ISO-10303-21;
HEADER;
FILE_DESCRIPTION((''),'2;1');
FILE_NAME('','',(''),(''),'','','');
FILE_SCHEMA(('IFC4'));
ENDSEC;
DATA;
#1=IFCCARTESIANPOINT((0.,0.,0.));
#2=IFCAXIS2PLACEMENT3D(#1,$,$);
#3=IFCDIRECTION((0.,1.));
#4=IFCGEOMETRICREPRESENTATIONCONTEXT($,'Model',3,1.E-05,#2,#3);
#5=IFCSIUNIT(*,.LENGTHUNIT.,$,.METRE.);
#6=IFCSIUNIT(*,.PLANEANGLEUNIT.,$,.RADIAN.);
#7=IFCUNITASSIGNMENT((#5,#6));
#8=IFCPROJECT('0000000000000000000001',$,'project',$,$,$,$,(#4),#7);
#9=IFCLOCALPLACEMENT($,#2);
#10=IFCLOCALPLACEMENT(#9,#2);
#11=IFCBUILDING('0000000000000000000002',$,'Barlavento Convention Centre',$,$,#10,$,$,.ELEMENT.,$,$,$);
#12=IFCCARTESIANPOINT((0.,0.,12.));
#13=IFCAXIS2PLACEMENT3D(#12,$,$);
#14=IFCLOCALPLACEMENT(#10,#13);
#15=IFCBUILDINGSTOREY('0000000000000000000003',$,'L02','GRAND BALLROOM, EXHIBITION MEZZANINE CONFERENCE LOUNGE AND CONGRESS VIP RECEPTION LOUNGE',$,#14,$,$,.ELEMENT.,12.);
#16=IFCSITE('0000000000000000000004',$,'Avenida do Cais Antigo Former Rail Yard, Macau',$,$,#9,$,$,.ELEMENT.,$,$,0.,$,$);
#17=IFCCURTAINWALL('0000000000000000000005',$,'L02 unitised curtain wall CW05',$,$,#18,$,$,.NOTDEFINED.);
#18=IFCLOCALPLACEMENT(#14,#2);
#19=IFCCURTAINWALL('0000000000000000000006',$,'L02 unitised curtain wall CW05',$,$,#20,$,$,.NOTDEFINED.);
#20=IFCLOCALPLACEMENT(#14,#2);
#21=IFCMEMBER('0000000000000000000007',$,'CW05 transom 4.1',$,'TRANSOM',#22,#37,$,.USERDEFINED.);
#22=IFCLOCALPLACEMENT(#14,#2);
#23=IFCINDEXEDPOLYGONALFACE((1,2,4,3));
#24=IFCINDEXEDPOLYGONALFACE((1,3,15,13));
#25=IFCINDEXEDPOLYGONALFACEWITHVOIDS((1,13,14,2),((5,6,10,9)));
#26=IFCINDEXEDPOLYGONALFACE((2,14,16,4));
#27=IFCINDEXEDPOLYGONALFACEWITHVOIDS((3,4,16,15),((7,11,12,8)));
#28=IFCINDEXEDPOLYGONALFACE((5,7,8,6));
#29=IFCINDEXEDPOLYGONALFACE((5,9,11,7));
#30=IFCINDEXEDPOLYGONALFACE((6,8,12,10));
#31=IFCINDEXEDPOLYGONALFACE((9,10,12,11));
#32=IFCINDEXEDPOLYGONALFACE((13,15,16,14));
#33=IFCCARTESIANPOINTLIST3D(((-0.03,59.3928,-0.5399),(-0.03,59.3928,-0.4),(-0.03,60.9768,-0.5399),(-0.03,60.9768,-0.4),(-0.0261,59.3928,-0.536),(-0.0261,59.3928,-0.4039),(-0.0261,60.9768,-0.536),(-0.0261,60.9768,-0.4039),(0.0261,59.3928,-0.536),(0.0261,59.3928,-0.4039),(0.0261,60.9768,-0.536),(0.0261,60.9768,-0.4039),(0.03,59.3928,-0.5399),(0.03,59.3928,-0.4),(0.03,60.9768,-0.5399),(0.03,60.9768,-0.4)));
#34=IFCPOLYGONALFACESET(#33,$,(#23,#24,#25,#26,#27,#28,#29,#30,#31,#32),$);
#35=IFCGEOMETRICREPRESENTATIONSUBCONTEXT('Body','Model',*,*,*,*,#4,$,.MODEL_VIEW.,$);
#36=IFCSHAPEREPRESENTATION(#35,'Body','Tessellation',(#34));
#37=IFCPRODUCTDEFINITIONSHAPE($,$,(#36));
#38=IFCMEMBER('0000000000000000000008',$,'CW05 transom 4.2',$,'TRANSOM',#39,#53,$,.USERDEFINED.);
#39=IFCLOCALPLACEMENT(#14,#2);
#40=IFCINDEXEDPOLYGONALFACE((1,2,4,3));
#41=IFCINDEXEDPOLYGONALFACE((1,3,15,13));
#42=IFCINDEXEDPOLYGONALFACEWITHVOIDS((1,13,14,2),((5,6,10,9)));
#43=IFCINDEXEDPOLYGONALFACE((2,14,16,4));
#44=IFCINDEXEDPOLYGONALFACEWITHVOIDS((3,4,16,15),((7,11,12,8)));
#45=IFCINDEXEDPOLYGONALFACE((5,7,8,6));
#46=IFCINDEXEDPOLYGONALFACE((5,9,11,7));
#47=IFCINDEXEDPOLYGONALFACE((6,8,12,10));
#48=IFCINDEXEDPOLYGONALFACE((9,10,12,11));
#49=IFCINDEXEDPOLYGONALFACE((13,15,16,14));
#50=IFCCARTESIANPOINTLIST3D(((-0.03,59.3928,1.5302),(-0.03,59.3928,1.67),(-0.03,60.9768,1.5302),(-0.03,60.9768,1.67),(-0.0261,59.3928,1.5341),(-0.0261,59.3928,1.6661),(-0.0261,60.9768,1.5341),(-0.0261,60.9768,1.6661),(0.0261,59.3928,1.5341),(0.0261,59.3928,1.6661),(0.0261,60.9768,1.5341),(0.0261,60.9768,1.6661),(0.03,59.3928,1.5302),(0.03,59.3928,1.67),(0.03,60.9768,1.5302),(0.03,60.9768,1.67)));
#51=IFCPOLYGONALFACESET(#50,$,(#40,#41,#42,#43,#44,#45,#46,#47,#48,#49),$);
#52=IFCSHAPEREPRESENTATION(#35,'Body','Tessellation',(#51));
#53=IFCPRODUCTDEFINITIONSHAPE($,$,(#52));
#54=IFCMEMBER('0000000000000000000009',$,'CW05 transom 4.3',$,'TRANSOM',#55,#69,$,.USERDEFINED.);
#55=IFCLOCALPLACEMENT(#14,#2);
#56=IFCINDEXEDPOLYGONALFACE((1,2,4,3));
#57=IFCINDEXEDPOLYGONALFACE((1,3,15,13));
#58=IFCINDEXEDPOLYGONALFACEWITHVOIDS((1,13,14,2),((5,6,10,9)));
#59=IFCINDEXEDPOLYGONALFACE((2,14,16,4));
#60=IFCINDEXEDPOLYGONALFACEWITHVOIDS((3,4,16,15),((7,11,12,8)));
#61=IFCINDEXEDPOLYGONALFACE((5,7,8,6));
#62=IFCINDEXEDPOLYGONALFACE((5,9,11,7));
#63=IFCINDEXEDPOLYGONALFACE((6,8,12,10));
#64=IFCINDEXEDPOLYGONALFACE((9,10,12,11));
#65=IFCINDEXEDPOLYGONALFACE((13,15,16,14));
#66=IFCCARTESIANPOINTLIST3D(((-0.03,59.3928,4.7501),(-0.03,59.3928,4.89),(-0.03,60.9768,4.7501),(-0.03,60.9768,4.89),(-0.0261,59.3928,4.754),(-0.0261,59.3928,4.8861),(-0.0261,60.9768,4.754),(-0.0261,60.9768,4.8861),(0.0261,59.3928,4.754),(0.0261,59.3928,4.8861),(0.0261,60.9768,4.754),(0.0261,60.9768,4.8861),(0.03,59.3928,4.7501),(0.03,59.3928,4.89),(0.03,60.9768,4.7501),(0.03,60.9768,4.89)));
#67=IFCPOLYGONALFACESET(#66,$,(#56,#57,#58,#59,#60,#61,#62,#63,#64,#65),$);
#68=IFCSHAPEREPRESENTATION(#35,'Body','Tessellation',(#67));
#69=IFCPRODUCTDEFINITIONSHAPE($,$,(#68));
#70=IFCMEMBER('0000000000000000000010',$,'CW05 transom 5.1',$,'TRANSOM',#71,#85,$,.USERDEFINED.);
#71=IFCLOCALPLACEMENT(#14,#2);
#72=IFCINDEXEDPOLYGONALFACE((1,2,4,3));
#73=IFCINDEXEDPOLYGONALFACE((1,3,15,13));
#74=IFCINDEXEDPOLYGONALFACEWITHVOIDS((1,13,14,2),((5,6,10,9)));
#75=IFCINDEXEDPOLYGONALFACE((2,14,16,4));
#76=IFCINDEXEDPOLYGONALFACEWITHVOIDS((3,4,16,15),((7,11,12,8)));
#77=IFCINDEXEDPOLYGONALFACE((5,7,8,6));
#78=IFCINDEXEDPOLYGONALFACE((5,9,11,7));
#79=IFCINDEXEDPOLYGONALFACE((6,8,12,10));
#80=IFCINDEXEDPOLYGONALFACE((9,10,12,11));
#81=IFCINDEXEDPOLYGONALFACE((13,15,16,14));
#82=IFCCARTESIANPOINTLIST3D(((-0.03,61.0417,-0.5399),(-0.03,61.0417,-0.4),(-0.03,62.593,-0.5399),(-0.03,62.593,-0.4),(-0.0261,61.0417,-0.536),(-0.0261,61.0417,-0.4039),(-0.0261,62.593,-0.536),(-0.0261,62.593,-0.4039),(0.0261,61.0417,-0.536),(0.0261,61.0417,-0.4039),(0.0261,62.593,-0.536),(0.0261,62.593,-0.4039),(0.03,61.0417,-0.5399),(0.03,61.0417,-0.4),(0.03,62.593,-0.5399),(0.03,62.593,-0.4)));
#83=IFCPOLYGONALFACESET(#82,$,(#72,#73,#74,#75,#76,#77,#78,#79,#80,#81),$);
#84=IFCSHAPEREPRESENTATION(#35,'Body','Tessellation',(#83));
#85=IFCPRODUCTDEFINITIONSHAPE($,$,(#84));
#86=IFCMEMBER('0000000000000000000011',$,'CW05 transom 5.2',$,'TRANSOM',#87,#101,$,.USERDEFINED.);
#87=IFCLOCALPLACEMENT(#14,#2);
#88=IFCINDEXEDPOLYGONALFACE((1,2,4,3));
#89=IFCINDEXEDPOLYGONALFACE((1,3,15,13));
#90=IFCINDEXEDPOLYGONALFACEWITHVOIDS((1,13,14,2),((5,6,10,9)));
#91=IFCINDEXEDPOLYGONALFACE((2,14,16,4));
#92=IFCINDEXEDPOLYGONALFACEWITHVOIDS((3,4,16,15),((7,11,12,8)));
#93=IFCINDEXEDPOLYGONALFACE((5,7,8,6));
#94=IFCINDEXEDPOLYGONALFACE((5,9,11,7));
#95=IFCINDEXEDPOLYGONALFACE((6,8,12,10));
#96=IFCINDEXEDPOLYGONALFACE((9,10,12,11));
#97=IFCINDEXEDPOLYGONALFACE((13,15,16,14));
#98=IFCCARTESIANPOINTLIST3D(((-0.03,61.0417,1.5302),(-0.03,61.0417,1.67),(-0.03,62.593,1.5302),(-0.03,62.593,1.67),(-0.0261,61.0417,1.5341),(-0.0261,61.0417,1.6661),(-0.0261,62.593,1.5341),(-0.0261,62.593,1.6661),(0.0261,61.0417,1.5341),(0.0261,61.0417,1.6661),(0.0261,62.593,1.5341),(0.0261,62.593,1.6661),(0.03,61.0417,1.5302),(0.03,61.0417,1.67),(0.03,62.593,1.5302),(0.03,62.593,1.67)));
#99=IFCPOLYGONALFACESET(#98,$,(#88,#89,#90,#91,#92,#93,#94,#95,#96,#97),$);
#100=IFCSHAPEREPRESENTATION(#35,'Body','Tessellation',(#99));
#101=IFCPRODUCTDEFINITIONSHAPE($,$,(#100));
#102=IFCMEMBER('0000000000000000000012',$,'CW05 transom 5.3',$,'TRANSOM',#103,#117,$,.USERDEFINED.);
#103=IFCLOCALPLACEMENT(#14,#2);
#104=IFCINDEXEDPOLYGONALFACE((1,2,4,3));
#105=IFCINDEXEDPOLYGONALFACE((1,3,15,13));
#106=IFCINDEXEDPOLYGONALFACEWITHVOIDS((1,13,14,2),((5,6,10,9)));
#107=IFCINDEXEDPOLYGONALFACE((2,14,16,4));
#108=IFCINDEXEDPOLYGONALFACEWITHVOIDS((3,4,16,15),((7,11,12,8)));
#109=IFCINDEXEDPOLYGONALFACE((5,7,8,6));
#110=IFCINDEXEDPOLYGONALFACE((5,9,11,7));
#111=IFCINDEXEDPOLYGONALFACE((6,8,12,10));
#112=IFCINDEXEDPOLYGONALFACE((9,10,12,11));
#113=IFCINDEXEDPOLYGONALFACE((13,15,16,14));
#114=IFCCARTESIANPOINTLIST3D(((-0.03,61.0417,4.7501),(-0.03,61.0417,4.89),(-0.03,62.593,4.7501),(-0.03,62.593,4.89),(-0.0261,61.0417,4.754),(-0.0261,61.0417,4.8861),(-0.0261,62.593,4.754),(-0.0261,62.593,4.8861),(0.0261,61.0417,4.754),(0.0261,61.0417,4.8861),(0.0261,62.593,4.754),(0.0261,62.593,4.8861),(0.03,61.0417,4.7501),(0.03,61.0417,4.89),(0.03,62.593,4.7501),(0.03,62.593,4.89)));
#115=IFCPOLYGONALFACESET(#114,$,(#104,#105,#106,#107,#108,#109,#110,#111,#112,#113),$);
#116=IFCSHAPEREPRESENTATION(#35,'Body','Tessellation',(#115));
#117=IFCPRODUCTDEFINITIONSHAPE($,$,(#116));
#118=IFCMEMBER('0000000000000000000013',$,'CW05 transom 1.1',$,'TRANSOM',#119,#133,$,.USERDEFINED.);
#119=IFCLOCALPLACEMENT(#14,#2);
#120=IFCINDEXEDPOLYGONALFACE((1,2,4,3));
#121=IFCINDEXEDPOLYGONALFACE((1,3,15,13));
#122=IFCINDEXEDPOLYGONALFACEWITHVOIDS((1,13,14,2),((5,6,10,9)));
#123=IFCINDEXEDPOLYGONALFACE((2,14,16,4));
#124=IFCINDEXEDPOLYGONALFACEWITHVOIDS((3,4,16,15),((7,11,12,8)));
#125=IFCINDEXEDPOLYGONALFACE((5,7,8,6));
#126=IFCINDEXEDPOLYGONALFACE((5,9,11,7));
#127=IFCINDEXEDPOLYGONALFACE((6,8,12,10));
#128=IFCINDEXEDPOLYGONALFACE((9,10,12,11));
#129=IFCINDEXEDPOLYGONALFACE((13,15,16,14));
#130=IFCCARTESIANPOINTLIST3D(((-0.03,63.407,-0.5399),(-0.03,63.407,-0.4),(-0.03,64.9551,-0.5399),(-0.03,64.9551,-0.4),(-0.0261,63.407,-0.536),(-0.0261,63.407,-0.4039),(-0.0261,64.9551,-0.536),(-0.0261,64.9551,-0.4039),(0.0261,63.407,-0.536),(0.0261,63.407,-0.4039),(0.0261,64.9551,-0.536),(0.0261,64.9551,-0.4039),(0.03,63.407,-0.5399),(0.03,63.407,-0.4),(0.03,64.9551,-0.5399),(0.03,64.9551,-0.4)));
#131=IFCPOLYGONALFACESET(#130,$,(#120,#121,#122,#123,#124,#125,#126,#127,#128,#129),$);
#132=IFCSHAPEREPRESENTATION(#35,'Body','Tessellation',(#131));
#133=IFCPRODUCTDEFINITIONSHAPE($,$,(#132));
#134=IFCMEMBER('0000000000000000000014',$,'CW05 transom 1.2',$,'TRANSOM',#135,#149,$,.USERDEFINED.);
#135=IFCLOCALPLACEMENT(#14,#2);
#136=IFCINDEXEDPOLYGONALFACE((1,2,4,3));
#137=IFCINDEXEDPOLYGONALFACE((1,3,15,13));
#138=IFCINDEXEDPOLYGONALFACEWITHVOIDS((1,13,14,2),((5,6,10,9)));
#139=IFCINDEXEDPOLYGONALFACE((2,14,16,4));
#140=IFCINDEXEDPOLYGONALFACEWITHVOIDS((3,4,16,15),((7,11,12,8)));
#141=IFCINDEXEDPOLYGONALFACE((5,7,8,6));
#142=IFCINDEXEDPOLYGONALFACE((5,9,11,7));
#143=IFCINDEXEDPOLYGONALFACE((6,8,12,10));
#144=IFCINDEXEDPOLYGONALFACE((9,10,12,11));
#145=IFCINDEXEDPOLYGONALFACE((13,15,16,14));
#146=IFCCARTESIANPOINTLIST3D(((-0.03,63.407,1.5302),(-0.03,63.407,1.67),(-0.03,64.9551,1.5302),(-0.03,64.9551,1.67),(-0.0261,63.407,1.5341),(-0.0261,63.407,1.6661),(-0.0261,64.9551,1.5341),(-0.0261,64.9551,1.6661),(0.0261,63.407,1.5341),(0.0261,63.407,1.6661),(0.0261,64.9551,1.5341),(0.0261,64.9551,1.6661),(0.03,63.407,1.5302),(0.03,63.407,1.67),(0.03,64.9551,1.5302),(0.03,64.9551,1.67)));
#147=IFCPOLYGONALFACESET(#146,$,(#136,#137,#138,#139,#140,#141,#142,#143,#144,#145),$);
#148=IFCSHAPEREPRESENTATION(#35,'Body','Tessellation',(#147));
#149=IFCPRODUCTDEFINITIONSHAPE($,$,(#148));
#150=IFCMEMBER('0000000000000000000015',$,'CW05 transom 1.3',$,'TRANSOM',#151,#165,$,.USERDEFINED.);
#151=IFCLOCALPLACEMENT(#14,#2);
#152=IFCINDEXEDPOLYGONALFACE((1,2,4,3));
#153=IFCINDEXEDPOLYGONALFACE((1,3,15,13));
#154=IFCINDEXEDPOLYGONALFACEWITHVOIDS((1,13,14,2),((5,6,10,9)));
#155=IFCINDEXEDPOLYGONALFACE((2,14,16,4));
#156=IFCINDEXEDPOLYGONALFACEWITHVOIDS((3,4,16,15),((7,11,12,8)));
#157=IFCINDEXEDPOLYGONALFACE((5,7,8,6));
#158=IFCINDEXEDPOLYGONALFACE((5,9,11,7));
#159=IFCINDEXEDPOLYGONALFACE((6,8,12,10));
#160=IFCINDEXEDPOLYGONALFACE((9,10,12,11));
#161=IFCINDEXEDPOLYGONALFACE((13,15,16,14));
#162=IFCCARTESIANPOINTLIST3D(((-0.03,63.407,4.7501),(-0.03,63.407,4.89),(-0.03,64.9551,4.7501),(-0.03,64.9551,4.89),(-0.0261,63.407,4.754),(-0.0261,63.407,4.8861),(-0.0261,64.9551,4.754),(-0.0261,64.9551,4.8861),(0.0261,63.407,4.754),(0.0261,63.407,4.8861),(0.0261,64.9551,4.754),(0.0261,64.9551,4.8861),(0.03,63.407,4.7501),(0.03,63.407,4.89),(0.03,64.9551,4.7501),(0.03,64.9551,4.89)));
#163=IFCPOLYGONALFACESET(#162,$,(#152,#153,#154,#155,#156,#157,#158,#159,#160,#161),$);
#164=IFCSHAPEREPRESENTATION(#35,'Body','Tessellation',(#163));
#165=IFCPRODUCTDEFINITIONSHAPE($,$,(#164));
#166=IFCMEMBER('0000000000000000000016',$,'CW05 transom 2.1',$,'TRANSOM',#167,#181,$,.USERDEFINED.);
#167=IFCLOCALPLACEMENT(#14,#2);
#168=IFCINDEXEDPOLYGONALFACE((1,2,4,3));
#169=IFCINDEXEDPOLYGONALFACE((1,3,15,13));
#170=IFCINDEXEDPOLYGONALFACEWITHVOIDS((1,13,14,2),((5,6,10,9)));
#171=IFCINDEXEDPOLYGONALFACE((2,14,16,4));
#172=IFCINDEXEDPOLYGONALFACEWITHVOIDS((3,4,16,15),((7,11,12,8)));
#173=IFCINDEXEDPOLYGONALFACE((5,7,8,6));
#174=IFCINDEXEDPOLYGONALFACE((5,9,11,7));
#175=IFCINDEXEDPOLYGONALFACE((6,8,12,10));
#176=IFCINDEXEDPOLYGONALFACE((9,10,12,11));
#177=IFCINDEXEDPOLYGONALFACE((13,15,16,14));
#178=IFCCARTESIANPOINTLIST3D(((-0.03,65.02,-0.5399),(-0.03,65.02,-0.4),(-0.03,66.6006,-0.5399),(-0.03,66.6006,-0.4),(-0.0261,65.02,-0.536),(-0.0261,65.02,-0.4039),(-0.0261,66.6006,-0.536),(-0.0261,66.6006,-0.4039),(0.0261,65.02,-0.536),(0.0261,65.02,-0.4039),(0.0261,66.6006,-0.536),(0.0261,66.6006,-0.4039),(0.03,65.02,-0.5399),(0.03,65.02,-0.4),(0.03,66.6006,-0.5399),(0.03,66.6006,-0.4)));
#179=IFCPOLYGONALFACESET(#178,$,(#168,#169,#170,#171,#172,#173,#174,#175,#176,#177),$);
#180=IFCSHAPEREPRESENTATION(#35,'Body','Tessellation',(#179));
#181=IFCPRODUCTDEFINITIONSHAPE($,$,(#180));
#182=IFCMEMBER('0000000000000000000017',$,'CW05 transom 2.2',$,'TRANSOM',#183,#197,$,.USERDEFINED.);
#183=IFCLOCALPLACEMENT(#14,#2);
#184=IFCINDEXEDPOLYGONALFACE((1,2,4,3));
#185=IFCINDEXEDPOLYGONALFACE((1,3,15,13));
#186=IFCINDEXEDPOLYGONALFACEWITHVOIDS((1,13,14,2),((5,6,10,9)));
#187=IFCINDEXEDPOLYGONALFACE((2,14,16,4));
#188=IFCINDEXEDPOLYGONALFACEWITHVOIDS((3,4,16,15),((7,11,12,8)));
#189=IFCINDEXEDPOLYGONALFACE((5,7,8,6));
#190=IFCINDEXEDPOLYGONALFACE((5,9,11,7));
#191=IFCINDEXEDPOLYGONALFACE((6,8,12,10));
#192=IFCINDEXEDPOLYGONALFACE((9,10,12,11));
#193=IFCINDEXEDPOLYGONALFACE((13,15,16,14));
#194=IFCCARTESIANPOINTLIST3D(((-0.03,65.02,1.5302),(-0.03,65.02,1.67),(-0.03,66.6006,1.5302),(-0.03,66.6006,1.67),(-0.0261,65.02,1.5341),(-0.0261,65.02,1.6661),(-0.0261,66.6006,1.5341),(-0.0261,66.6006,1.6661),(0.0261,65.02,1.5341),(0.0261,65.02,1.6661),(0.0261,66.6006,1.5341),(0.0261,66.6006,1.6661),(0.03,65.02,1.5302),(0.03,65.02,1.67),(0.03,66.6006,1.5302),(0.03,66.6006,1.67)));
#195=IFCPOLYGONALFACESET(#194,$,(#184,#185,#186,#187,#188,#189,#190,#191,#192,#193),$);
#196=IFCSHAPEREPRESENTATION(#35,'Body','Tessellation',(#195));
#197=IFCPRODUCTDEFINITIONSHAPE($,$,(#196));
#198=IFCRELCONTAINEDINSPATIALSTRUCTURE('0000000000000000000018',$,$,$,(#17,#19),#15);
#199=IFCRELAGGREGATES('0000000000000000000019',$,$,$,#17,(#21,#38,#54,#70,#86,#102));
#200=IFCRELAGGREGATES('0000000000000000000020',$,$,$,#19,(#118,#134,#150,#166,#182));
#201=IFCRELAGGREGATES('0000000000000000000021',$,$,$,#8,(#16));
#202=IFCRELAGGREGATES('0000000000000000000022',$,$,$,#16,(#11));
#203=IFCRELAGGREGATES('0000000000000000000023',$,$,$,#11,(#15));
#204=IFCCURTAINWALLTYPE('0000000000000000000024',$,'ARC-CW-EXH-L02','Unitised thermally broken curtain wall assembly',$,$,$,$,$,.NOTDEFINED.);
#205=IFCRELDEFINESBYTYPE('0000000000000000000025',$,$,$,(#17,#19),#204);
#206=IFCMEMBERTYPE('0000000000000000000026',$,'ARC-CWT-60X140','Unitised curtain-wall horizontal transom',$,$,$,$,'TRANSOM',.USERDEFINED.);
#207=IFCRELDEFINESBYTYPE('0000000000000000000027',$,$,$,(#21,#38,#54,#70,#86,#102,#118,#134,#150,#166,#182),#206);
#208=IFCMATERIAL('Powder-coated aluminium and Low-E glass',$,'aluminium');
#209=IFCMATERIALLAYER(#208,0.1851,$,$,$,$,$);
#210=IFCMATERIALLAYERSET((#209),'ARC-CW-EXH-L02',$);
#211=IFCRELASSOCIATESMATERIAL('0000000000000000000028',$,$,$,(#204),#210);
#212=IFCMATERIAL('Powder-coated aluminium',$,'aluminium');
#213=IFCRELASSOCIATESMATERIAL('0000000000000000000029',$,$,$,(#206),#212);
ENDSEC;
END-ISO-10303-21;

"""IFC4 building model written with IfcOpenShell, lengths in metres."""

from ifc_helpers import new_model, si_unit, direction, frame, origin, origin_2d, place, context, subcontext, project, spatial, hollow_rectangle, extrude, material, layer, layer_set, material_profile, profile_set, type_object, element, aggregate, save


model = new_model("IFC4")

# Units and contexts
model_context = context("Model", 3, precision=1e-05, world=origin(), true_north=direction((0.0, 1.0)))
body_context = subcontext(model_context, "Body", "Model", "MODEL_VIEW")
ifc_project = project(units=[si_unit("LENGTHUNIT", "METRE"), si_unit("PLANEANGLEUNIT", "RADIAN")], contexts=[model_context])

# Site, building, storey
site_placement = place(None, origin())
site = spatial("IfcSite", under=ifc_project, at=site_placement, Name="Avenida do Cais Antigo Former Rail Yard, Macau", CompositionType="ELEMENT", RefElevation=0.0)
building_placement = place(site_placement, origin())
building = spatial("IfcBuilding", under=site, at=building_placement, Name="Barlavento Convention Centre", CompositionType="ELEMENT")
storey_placement = place(building_placement, frame((0.0, 0.0, 12.0)))
storey = spatial("IfcBuildingStorey", under=building, at=storey_placement, Name="L02", Description="GRAND BALLROOM, EXHIBITION MEZZANINE CONFERENCE LOUNGE AND CONGRESS VIP RECEPTION LOUNGE", CompositionType="ELEMENT", Elevation=12.0)

# Curtain walls
ifc_material_1 = material(Name="Powder-coated aluminium and Low-E glass", Category="aluminium")
ifc_layer_1 = layer(ifc_material_1, 0.1851)
ifc_layer_set_1 = layer_set([ifc_layer_1], Name="ARC-CW-EXH-L02")
curtain_wall_type = type_object("IfcCurtainWallType", Name="ARC-CW-EXH-L02", Description="Unitised thermally broken curtain wall assembly", PredefinedType="NOTDEFINED", material=ifc_layer_set_1)
curtain_wall_1_placement = place(storey_placement, origin())
curtain_wall_1 = element("IfcCurtainWall", 1, at=curtain_wall_1_placement, inside=storey, type_object=curtain_wall_type, Name="L02 unitised curtain wall CW05", PredefinedType="NOTDEFINED")
ifc_material_2 = material(Name="Powder-coated aluminium", Category="aluminium")
curtain_wall_2_placement = place(storey_placement, origin())
curtain_wall_2 = element("IfcCurtainWall", 2, at=curtain_wall_2_placement, inside=storey, type_object=curtain_wall_type, Name="L02 unitised curtain wall CW05", PredefinedType="NOTDEFINED")

# Members
ifc_material_profile_1 = material_profile(ifc_material_2, hollow_rectangle(XDim=0.0601, YDim=0.1399, WallThickness=0.0039, at=origin_2d()), Name="AL-TRAN 60x140x4")
ifc_profile_set_1 = profile_set([ifc_material_profile_1], Name="Powder-coated aluminium")
member_type_1 = type_object("IfcMemberType", Name="ARC-CWT-60X140", Description="Unitised curtain-wall horizontal transom", ElementType="TRANSOM", PredefinedType="USERDEFINED", material=ifc_profile_set_1)
member_1_placement = place(storey_placement, frame((0.0, 59.3928, -0.47), z_axis=(0.0, 1.0, 0.0), x_axis=(-1.0, 0.0, 0.0)))
member_1 = element("IfcMember", 3, at=member_1_placement, type_object=member_type_1, Name="CW05 transom 4.1", ObjectType="TRANSOM", PredefinedType="USERDEFINED", context=body_context, shape_type="SweptSolid", body=[
    extrude(hollow_rectangle(XDim=0.0601, YDim=0.1399, WallThickness=0.0039, at=origin_2d()), origin(), (0.0, 0.0, 1.0), 1.584),
])
member_2_placement = place(storey_placement, frame((0.0, 59.3928, 1.6001), z_axis=(0.0, 1.0, 0.0), x_axis=(-1.0, 0.0, 0.0)))
member_2 = element("IfcMember", 4, at=member_2_placement, type_object=member_type_1, Name="CW05 transom 4.2", ObjectType="TRANSOM", PredefinedType="USERDEFINED", context=body_context, shape_type="SweptSolid", body=[
    extrude(hollow_rectangle(XDim=0.0601, YDim=0.1399, WallThickness=0.0039, at=origin_2d()), origin(), (0.0, 0.0, 1.0), 1.584),
])
member_3_placement = place(storey_placement, frame((0.0, 59.3928, 4.8201), z_axis=(0.0, 1.0, 0.0), x_axis=(-1.0, 0.0, 0.0)))
member_3 = element("IfcMember", 5, at=member_3_placement, type_object=member_type_1, Name="CW05 transom 4.3", ObjectType="TRANSOM", PredefinedType="USERDEFINED", context=body_context, shape_type="SweptSolid", body=[
    extrude(hollow_rectangle(XDim=0.0601, YDim=0.1399, WallThickness=0.0039, at=origin_2d()), origin(), (0.0, 0.0, 1.0), 1.584),
])
member_4_placement = place(storey_placement, frame((0.0, 61.0417, -0.47), z_axis=(0.0, 1.0, 0.0), x_axis=(-1.0, 0.0, 0.0)))
member_4 = element("IfcMember", 6, at=member_4_placement, type_object=member_type_1, Name="CW05 transom 5.1", ObjectType="TRANSOM", PredefinedType="USERDEFINED", context=body_context, shape_type="SweptSolid", body=[
    extrude(hollow_rectangle(XDim=0.0601, YDim=0.1399, WallThickness=0.0039, at=origin_2d()), origin(), (0.0, 0.0, 1.0), 1.5513),
])
member_5_placement = place(storey_placement, frame((0.0, 61.0417, 1.6001), z_axis=(0.0, 1.0, 0.0), x_axis=(-1.0, 0.0, 0.0)))
member_5 = element("IfcMember", 7, at=member_5_placement, type_object=member_type_1, Name="CW05 transom 5.2", ObjectType="TRANSOM", PredefinedType="USERDEFINED", context=body_context, shape_type="SweptSolid", body=[
    extrude(hollow_rectangle(XDim=0.0601, YDim=0.1399, WallThickness=0.0039, at=origin_2d()), origin(), (0.0, 0.0, 1.0), 1.5513),
])
member_6_placement = place(storey_placement, frame((0.0, 61.0417, 4.8201), z_axis=(0.0, 1.0, 0.0), x_axis=(-1.0, 0.0, 0.0)))
member_6 = element("IfcMember", 8, at=member_6_placement, type_object=member_type_1, Name="CW05 transom 5.3", ObjectType="TRANSOM", PredefinedType="USERDEFINED", context=body_context, shape_type="SweptSolid", body=[
    extrude(hollow_rectangle(XDim=0.0601, YDim=0.1399, WallThickness=0.0039, at=origin_2d()), origin(), (0.0, 0.0, 1.0), 1.5513),
])
member_7_placement = place(storey_placement, frame((0.0, 63.407, -0.47), z_axis=(0.0, 1.0, 0.0), x_axis=(-1.0, 0.0, 0.0)))
member_7 = element("IfcMember", 9, at=member_7_placement, type_object=member_type_1, Name="CW05 transom 1.1", ObjectType="TRANSOM", PredefinedType="USERDEFINED", context=body_context, shape_type="SweptSolid", body=[
    extrude(hollow_rectangle(XDim=0.0601, YDim=0.1399, WallThickness=0.0039, at=origin_2d()), origin(), (0.0, 0.0, 1.0), 1.5481),
])
member_8_placement = place(storey_placement, frame((0.0, 63.407, 1.6001), z_axis=(0.0, 1.0, 0.0), x_axis=(-1.0, 0.0, 0.0)))
member_8 = element("IfcMember", 10, at=member_8_placement, type_object=member_type_1, Name="CW05 transom 1.2", ObjectType="TRANSOM", PredefinedType="USERDEFINED", context=body_context, shape_type="SweptSolid", body=[
    extrude(hollow_rectangle(XDim=0.0601, YDim=0.1399, WallThickness=0.0039, at=origin_2d()), origin(), (0.0, 0.0, 1.0), 1.5481),
])
member_9_placement = place(storey_placement, frame((0.0, 63.407, 4.8201), z_axis=(0.0, 1.0, 0.0), x_axis=(-1.0, 0.0, 0.0)))
member_9 = element("IfcMember", 11, at=member_9_placement, type_object=member_type_1, Name="CW05 transom 1.3", ObjectType="TRANSOM", PredefinedType="USERDEFINED", context=body_context, shape_type="SweptSolid", body=[
    extrude(hollow_rectangle(XDim=0.0601, YDim=0.1399, WallThickness=0.0039, at=origin_2d()), origin(), (0.0, 0.0, 1.0), 1.5481),
])
member_10_placement = place(storey_placement, frame((0.0, 65.02, -0.47), z_axis=(0.0, 1.0, 0.0), x_axis=(-1.0, 0.0, 0.0)))
member_10 = element("IfcMember", 12, at=member_10_placement, type_object=member_type_1, Name="CW05 transom 2.1", ObjectType="TRANSOM", PredefinedType="USERDEFINED", context=body_context, shape_type="SweptSolid", body=[
    extrude(hollow_rectangle(XDim=0.0601, YDim=0.1399, WallThickness=0.0039, at=origin_2d()), origin(), (0.0, 0.0, 1.0), 1.5806),
])
member_11_placement = place(storey_placement, frame((0.0, 65.02, 1.6001), z_axis=(0.0, 1.0, 0.0), x_axis=(-1.0, 0.0, 0.0)))
member_11 = element("IfcMember", 13, at=member_11_placement, type_object=member_type_1, Name="CW05 transom 2.2", ObjectType="TRANSOM", PredefinedType="USERDEFINED", context=body_context, shape_type="SweptSolid", body=[
    extrude(hollow_rectangle(XDim=0.0601, YDim=0.1399, WallThickness=0.0039, at=origin_2d()), origin(), (0.0, 0.0, 1.0), 1.5806),
])

aggregate(curtain_wall_1, [member_1, member_2, member_3, member_4, member_5, member_6])
aggregate(curtain_wall_2, [member_7, member_8, member_9, member_10, member_11])

save(model, "model.ifc")
